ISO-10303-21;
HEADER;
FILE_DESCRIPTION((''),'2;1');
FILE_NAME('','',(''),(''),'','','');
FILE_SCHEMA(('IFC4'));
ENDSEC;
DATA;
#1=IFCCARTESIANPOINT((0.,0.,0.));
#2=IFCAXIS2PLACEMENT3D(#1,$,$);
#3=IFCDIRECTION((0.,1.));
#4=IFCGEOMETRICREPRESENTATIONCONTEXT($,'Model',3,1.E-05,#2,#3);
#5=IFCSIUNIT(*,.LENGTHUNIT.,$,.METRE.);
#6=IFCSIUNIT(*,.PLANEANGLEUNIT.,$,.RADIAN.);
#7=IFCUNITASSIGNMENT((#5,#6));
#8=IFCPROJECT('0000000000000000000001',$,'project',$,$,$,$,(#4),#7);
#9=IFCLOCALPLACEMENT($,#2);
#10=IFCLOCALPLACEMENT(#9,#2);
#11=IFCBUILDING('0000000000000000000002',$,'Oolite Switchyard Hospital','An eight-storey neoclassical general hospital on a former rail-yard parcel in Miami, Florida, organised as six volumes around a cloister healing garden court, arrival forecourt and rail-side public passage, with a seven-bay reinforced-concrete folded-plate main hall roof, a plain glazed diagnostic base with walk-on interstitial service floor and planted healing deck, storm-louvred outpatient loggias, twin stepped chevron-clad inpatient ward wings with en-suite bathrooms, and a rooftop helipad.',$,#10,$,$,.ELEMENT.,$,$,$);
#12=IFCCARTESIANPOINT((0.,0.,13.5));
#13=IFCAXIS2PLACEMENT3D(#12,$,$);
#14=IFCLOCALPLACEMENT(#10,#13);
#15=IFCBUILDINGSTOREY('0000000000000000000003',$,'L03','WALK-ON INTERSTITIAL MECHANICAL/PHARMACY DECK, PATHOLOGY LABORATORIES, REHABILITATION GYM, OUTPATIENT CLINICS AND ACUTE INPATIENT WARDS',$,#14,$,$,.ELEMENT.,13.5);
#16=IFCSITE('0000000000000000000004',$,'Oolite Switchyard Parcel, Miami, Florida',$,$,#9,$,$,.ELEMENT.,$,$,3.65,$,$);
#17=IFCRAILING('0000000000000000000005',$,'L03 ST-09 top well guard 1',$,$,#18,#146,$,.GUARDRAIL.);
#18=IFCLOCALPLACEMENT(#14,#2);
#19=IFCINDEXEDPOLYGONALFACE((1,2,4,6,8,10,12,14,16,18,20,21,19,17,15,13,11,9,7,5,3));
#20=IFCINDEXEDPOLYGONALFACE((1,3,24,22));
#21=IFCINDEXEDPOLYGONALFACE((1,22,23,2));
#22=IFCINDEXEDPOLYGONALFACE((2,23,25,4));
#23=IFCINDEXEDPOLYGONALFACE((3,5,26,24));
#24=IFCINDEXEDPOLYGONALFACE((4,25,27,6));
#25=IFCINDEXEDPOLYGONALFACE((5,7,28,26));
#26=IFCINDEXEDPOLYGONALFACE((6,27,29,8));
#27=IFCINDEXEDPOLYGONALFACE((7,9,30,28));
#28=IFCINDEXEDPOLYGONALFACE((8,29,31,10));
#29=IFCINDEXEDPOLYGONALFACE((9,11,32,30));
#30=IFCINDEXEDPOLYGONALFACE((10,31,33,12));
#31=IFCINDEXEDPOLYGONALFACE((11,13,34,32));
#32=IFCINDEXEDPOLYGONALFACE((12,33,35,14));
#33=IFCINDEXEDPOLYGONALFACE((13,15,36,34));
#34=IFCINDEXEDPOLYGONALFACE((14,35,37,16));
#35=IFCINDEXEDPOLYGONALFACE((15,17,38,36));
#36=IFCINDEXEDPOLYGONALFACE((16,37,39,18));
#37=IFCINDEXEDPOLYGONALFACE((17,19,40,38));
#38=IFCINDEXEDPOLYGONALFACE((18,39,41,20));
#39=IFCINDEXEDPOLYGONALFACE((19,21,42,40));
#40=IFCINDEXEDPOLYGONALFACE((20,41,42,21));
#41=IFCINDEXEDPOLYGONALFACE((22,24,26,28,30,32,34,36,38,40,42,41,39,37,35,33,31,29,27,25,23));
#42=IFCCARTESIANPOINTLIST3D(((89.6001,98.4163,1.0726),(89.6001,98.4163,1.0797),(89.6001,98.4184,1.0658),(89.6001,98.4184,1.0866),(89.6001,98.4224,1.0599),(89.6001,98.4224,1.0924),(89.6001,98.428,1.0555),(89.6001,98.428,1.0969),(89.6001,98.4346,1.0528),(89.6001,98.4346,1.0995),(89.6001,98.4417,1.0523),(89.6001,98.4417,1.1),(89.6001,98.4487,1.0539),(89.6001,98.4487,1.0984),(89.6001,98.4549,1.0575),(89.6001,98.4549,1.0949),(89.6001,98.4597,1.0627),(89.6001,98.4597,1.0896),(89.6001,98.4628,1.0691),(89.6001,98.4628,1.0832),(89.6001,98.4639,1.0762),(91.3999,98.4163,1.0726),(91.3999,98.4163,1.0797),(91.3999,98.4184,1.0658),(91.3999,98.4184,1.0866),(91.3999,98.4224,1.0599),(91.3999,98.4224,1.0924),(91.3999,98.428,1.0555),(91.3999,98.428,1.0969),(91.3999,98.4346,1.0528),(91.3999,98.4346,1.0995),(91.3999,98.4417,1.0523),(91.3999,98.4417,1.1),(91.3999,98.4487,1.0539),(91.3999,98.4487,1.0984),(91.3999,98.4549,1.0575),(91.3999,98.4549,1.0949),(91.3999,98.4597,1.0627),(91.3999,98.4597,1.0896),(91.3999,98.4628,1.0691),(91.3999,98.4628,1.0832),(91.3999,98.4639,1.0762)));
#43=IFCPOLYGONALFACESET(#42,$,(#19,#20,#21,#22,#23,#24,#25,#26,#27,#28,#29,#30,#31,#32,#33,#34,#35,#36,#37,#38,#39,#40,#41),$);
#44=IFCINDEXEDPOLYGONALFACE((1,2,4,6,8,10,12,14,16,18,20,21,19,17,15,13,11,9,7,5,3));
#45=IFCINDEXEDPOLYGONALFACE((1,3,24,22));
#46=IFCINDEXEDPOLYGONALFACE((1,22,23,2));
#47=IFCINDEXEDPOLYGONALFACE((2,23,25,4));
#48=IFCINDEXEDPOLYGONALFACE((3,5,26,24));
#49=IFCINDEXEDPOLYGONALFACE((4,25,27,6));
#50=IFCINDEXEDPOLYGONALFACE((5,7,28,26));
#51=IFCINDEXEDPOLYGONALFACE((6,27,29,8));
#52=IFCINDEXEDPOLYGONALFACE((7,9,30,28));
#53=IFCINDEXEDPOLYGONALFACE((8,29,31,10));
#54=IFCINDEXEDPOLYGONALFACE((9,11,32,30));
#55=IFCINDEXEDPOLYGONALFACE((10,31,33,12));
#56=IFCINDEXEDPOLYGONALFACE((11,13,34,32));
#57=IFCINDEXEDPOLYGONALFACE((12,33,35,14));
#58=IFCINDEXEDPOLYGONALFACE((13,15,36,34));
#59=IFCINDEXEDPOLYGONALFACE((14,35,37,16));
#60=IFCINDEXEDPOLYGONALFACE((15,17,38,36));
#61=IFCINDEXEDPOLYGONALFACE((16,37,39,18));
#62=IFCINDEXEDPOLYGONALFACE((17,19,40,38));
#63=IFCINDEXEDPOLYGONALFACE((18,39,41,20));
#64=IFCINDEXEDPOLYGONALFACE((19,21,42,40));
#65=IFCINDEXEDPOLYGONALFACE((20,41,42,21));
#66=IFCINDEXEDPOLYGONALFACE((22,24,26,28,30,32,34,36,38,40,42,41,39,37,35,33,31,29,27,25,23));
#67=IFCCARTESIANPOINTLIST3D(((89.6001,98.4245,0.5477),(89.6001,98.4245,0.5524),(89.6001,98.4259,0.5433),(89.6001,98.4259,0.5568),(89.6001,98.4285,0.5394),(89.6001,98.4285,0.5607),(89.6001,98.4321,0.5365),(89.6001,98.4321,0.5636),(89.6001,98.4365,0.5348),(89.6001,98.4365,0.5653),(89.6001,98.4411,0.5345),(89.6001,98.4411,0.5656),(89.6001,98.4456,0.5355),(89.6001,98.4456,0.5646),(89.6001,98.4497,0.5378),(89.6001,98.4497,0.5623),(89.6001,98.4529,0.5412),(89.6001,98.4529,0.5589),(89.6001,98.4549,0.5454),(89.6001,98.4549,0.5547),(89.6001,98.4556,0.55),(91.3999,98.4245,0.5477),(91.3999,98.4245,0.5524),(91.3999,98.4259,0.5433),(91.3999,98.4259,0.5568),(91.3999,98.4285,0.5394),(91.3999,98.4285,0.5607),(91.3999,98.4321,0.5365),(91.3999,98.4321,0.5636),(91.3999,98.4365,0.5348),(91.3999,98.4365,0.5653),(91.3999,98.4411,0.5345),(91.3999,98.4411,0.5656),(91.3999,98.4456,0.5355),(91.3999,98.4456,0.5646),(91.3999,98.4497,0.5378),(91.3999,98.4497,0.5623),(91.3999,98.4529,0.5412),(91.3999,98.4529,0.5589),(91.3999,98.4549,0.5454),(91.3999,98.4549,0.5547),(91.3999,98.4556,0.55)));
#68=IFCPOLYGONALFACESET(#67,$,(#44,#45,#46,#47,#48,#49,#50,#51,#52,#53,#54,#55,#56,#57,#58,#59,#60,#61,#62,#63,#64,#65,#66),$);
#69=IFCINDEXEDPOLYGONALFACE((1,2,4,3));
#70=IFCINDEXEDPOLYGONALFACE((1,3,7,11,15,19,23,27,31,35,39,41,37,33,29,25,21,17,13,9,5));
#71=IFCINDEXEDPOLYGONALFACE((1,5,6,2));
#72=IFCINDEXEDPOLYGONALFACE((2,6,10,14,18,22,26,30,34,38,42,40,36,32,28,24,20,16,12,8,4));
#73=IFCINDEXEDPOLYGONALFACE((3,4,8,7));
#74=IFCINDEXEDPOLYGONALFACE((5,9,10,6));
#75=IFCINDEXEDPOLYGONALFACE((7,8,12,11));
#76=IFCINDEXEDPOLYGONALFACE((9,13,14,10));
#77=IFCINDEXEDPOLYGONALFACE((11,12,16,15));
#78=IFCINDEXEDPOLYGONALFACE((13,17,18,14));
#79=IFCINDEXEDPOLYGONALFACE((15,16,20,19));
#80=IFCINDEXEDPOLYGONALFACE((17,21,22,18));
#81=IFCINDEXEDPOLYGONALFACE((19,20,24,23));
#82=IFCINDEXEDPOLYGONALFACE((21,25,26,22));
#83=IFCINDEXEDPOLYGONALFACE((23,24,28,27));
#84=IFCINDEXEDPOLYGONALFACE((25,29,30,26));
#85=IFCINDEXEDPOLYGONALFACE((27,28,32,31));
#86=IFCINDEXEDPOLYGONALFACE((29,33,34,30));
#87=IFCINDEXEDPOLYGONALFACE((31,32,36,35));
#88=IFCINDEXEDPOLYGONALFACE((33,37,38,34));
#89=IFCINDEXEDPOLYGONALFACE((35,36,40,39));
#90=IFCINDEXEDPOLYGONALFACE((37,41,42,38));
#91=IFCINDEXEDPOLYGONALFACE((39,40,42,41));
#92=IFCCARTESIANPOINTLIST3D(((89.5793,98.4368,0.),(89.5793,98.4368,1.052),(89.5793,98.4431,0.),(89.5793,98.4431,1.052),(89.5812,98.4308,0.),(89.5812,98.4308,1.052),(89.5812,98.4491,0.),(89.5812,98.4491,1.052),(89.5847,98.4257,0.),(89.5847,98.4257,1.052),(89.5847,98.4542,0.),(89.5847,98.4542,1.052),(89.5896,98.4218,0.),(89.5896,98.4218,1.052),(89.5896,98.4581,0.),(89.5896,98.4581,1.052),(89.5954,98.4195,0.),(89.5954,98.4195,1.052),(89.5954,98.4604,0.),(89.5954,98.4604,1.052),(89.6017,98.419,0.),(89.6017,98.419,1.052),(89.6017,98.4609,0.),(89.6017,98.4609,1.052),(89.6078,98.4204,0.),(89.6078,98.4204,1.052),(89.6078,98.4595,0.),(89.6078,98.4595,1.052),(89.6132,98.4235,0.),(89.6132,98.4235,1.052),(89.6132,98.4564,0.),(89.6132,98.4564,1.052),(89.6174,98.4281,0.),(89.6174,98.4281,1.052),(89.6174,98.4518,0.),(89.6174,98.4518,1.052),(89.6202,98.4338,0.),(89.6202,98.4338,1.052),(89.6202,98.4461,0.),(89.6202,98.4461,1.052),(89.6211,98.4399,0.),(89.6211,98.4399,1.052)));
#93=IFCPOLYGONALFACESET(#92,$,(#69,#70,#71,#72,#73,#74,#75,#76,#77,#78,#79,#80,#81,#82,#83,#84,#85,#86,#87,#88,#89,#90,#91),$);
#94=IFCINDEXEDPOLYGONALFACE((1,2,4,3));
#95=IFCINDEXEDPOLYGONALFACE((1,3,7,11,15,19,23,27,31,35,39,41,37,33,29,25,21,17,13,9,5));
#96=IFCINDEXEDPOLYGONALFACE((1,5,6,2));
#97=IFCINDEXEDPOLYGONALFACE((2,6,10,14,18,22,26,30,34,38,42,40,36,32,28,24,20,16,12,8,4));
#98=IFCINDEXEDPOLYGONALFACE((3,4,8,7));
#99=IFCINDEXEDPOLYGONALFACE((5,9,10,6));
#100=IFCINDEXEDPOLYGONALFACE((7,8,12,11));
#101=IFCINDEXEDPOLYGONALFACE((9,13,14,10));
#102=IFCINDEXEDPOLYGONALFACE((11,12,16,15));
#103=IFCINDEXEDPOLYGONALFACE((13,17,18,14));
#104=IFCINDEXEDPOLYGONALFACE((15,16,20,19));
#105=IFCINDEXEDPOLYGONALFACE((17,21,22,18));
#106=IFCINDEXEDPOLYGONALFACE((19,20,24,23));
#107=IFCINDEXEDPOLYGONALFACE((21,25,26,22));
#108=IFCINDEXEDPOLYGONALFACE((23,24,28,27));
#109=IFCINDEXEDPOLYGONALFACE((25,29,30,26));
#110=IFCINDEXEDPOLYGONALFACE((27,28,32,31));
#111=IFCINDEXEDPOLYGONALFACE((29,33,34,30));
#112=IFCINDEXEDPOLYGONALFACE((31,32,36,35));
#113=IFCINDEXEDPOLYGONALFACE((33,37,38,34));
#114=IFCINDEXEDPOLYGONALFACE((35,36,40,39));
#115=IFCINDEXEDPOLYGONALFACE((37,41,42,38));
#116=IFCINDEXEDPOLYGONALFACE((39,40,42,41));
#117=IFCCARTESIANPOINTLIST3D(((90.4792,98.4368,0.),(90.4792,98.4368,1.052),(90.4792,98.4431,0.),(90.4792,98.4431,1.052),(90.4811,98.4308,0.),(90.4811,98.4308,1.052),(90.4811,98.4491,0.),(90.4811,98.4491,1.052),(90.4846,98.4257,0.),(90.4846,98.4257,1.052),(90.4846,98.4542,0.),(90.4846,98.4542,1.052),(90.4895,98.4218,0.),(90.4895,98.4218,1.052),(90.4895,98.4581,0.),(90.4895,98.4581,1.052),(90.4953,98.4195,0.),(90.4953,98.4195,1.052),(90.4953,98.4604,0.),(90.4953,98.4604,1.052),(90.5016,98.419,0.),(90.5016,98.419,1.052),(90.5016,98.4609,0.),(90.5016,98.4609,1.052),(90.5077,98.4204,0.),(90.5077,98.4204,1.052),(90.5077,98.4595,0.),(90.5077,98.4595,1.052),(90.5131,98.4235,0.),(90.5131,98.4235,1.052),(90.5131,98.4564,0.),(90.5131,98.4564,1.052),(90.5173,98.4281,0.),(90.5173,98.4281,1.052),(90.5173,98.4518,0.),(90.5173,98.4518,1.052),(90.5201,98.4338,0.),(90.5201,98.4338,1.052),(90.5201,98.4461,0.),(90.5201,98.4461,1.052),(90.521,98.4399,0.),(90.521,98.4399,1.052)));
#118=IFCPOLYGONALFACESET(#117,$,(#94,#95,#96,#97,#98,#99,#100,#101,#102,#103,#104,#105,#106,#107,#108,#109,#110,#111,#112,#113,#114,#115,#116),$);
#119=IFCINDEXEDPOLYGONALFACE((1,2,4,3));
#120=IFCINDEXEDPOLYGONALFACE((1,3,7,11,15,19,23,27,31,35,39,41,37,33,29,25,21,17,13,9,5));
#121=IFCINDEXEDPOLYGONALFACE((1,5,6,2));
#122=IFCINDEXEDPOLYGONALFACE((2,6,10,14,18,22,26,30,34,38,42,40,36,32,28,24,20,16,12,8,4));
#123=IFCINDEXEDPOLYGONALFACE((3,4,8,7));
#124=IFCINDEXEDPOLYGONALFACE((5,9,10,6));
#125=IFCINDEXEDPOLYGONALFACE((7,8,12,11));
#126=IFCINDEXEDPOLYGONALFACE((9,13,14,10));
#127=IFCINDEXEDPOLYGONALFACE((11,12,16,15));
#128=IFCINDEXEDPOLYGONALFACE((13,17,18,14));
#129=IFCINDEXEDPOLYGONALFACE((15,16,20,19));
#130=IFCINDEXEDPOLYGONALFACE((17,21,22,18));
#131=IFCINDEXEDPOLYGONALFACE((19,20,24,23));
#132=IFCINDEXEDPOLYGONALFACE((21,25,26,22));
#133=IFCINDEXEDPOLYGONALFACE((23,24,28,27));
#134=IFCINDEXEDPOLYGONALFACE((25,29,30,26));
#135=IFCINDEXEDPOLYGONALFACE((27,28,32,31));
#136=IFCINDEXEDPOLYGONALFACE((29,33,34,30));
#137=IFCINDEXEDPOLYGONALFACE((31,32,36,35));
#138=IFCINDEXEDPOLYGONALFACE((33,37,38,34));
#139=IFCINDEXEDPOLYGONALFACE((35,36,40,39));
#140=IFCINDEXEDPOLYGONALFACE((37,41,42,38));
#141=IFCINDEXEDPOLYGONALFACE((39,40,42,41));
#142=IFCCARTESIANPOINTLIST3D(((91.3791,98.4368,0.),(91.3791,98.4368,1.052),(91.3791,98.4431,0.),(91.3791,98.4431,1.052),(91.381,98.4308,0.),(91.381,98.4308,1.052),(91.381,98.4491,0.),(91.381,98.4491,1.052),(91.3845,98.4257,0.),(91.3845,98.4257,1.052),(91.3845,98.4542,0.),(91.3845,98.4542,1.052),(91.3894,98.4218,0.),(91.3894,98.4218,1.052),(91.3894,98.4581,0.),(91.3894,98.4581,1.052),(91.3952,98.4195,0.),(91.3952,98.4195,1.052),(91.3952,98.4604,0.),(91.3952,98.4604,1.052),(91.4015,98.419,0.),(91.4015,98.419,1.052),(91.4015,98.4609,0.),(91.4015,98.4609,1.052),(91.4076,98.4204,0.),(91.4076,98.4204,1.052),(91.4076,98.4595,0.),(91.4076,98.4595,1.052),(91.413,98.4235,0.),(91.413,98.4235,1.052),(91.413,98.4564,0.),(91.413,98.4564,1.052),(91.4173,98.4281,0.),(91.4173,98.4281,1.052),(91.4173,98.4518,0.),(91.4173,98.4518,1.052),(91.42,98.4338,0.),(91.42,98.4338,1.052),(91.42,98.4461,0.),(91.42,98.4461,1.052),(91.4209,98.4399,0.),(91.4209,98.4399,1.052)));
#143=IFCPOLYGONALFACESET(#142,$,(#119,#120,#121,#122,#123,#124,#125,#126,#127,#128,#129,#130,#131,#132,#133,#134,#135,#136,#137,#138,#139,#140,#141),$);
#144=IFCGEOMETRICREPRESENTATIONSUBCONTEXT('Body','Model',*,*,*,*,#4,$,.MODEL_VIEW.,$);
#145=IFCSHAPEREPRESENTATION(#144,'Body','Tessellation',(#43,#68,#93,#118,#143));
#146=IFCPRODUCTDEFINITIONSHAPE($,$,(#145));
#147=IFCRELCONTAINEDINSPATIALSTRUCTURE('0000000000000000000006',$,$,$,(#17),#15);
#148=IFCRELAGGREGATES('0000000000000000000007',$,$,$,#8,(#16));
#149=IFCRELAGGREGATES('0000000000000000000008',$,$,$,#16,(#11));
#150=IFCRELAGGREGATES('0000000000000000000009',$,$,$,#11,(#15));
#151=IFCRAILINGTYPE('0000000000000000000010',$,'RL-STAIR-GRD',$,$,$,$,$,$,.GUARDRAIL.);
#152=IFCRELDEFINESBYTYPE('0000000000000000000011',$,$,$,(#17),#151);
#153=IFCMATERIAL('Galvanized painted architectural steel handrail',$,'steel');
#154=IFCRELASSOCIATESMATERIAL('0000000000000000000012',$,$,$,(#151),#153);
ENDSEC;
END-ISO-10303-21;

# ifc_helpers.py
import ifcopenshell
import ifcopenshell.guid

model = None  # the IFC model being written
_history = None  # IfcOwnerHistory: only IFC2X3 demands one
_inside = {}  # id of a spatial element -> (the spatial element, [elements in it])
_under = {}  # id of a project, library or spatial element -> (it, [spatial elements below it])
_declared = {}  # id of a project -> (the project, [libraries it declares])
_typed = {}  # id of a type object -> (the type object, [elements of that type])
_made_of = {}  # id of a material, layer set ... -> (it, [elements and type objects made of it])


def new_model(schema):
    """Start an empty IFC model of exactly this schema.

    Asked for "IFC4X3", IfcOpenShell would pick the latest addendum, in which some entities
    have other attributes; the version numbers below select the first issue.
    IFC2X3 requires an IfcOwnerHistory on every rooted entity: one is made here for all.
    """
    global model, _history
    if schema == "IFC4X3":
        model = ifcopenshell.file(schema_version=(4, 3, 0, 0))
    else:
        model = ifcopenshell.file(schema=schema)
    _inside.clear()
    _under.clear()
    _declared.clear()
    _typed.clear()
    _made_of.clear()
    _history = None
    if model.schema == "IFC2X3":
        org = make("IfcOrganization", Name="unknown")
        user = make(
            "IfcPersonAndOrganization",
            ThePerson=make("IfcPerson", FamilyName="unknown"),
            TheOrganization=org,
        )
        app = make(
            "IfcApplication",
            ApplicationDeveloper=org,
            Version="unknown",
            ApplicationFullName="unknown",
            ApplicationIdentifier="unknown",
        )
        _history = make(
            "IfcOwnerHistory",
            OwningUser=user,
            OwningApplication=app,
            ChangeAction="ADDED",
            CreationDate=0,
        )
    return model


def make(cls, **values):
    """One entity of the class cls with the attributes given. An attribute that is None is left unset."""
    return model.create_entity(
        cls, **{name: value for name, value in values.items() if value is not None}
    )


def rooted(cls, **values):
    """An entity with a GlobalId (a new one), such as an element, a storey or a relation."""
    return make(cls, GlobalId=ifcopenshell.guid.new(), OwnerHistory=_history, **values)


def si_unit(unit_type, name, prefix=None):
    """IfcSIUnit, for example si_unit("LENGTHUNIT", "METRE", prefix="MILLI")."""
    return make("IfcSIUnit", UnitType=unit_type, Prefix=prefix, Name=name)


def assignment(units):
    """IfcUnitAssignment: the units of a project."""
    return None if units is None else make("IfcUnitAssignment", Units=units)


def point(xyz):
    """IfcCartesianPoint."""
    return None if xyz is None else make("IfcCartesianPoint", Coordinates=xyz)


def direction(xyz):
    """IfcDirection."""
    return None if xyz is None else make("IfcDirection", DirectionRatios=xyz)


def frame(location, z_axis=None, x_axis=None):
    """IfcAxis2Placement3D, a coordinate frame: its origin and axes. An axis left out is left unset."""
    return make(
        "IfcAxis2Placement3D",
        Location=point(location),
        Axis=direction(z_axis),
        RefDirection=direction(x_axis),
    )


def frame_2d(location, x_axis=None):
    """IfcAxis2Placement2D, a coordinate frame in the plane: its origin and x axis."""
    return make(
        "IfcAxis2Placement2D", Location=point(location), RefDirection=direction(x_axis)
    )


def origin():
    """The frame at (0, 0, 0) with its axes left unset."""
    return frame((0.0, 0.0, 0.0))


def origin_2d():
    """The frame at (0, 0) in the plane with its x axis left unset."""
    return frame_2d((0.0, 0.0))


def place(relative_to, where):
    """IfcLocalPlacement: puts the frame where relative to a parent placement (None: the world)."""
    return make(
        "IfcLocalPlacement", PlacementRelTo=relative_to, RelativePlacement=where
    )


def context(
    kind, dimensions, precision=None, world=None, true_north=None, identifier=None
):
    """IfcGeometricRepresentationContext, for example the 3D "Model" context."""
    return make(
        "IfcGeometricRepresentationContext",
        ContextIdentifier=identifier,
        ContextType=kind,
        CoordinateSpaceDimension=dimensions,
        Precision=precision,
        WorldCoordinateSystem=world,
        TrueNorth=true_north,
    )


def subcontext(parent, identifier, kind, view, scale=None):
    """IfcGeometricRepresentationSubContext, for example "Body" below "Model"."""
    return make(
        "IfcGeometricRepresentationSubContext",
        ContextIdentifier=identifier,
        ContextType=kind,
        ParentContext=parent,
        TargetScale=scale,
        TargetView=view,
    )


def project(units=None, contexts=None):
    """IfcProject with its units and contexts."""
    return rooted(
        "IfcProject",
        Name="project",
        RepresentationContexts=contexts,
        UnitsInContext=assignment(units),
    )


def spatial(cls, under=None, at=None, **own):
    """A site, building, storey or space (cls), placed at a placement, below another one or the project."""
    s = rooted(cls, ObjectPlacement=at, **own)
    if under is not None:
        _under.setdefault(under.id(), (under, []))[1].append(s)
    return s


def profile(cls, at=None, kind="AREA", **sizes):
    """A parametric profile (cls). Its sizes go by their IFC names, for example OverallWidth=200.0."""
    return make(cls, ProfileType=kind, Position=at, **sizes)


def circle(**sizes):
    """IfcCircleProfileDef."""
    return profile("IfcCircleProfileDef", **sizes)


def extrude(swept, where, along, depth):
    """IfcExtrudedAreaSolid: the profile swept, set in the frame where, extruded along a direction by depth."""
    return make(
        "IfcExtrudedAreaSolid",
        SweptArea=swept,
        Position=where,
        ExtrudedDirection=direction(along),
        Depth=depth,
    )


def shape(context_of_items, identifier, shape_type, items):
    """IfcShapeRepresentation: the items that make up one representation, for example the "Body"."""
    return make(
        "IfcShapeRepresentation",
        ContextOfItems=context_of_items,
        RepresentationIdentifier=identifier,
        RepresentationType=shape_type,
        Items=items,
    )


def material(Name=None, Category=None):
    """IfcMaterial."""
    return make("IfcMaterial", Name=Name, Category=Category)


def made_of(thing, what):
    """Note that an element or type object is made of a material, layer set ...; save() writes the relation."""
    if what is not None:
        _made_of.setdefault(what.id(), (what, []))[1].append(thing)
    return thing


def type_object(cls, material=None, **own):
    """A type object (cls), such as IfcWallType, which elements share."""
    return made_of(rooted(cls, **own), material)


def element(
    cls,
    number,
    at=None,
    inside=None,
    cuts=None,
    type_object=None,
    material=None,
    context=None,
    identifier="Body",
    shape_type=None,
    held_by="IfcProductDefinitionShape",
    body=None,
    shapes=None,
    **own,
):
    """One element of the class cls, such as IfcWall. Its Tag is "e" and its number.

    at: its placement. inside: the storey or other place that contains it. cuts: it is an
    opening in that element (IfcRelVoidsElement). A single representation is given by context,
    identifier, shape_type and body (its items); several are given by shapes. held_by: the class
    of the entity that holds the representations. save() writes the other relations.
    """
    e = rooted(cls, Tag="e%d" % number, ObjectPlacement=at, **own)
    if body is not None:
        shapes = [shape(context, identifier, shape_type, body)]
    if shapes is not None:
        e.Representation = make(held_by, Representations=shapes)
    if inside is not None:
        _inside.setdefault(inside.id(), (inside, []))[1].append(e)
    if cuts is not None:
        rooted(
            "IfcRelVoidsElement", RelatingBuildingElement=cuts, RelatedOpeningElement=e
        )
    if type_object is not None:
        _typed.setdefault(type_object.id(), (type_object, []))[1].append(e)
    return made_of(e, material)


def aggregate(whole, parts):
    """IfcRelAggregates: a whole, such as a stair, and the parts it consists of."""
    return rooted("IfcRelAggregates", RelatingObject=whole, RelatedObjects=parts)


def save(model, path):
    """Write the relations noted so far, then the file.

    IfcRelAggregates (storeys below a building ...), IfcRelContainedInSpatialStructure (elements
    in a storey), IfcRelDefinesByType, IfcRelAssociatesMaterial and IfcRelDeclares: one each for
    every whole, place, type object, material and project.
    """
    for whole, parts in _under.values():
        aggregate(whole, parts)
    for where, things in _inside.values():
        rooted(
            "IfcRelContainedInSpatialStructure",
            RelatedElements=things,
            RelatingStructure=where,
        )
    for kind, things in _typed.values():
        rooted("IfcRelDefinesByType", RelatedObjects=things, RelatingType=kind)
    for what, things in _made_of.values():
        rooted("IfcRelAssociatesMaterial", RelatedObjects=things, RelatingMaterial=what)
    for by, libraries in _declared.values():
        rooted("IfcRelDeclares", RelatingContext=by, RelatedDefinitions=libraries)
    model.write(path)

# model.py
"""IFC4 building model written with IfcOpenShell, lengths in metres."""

from ifc_helpers import new_model, si_unit, direction, frame, origin, origin_2d, place, context, subcontext, project, spatial, circle, extrude, material, type_object, element, save


model = new_model("IFC4")

# Units and contexts
model_context = context("Model", 3, precision=1e-05, world=origin(), true_north=direction((0.0, 1.0)))
body_context = subcontext(model_context, "Body", "Model", "MODEL_VIEW")
ifc_project = project(units=[si_unit("LENGTHUNIT", "METRE"), si_unit("PLANEANGLEUNIT", "RADIAN")], contexts=[model_context])

# Site, building, storey
site_placement = place(None, origin())
site = spatial("IfcSite", under=ifc_project, at=site_placement, Name="Oolite Switchyard Parcel, Miami, Florida", CompositionType="ELEMENT", RefElevation=3.65)
building_placement = place(site_placement, origin())
building = spatial("IfcBuilding", under=site, at=building_placement, Name="Oolite Switchyard Hospital", Description="An eight-storey neoclassical general hospital on a former rail-yard parcel in Miami, Florida, organised as six volumes around a cloister healing garden court, arrival forecourt and rail-side public passage, with a seven-bay reinforced-concrete folded-plate main hall roof, a plain glazed diagnostic base with walk-on interstitial service floor and planted healing deck, storm-louvred outpatient loggias, twin stepped chevron-clad inpatient ward wings with en-suite bathrooms, and a rooftop helipad.", CompositionType="ELEMENT")
storey_placement = place(building_placement, frame((0.0, 0.0, 13.5)))
storey = spatial("IfcBuildingStorey", under=building, at=storey_placement, Name="L03", Description="WALK-ON INTERSTITIAL MECHANICAL/PHARMACY DECK, PATHOLOGY LABORATORIES, REHABILITATION GYM, OUTPATIENT CLINICS AND ACUTE INPATIENT WARDS", CompositionType="ELEMENT", Elevation=13.5)

# Railing
ifc_material_1 = material(Name="Galvanized painted architectural steel handrail", Category="steel")
railing_type = type_object("IfcRailingType", Name="RL-STAIR-GRD", PredefinedType="GUARDRAIL", material=ifc_material_1)
railing_placement = place(storey_placement, frame((89.6001, 98.4399, 0.0)))
element("IfcRailing", 1, at=railing_placement, inside=storey, type_object=railing_type, Name="L03 ST-09 top well guard 1", PredefinedType="GUARDRAIL", context=body_context, shape_type="SweptSolid", body=[
    extrude(circle(Radius=0.0239, at=origin_2d()), frame((0.0, 0.0, 1.0762), z_axis=(1.0, 0.0, 0.0), x_axis=(0.0, 1.0, 0.0)), (0.0, 0.0, 1.0), 1.7998),
    extrude(circle(Radius=0.0156, at=origin_2d()), frame((0.0, 0.0, 0.55), z_axis=(1.0, 0.0, 0.0), x_axis=(0.0, 1.0, 0.0)), (0.0, 0.0, 1.0), 1.7998),
    extrude(circle(Radius=0.021, at=origin_2d()), origin(), (0.0, 0.0, 1.0), 1.052),
    extrude(circle(Radius=0.021, at=origin_2d()), frame((0.8999, 0.0, 0.0)), (0.0, 0.0, 1.0), 1.052),
    extrude(circle(Radius=0.021, at=origin_2d()), frame((1.7998, 0.0, 0.0)), (0.0, 0.0, 1.0), 1.052),
])

save(model, "model.ifc")
